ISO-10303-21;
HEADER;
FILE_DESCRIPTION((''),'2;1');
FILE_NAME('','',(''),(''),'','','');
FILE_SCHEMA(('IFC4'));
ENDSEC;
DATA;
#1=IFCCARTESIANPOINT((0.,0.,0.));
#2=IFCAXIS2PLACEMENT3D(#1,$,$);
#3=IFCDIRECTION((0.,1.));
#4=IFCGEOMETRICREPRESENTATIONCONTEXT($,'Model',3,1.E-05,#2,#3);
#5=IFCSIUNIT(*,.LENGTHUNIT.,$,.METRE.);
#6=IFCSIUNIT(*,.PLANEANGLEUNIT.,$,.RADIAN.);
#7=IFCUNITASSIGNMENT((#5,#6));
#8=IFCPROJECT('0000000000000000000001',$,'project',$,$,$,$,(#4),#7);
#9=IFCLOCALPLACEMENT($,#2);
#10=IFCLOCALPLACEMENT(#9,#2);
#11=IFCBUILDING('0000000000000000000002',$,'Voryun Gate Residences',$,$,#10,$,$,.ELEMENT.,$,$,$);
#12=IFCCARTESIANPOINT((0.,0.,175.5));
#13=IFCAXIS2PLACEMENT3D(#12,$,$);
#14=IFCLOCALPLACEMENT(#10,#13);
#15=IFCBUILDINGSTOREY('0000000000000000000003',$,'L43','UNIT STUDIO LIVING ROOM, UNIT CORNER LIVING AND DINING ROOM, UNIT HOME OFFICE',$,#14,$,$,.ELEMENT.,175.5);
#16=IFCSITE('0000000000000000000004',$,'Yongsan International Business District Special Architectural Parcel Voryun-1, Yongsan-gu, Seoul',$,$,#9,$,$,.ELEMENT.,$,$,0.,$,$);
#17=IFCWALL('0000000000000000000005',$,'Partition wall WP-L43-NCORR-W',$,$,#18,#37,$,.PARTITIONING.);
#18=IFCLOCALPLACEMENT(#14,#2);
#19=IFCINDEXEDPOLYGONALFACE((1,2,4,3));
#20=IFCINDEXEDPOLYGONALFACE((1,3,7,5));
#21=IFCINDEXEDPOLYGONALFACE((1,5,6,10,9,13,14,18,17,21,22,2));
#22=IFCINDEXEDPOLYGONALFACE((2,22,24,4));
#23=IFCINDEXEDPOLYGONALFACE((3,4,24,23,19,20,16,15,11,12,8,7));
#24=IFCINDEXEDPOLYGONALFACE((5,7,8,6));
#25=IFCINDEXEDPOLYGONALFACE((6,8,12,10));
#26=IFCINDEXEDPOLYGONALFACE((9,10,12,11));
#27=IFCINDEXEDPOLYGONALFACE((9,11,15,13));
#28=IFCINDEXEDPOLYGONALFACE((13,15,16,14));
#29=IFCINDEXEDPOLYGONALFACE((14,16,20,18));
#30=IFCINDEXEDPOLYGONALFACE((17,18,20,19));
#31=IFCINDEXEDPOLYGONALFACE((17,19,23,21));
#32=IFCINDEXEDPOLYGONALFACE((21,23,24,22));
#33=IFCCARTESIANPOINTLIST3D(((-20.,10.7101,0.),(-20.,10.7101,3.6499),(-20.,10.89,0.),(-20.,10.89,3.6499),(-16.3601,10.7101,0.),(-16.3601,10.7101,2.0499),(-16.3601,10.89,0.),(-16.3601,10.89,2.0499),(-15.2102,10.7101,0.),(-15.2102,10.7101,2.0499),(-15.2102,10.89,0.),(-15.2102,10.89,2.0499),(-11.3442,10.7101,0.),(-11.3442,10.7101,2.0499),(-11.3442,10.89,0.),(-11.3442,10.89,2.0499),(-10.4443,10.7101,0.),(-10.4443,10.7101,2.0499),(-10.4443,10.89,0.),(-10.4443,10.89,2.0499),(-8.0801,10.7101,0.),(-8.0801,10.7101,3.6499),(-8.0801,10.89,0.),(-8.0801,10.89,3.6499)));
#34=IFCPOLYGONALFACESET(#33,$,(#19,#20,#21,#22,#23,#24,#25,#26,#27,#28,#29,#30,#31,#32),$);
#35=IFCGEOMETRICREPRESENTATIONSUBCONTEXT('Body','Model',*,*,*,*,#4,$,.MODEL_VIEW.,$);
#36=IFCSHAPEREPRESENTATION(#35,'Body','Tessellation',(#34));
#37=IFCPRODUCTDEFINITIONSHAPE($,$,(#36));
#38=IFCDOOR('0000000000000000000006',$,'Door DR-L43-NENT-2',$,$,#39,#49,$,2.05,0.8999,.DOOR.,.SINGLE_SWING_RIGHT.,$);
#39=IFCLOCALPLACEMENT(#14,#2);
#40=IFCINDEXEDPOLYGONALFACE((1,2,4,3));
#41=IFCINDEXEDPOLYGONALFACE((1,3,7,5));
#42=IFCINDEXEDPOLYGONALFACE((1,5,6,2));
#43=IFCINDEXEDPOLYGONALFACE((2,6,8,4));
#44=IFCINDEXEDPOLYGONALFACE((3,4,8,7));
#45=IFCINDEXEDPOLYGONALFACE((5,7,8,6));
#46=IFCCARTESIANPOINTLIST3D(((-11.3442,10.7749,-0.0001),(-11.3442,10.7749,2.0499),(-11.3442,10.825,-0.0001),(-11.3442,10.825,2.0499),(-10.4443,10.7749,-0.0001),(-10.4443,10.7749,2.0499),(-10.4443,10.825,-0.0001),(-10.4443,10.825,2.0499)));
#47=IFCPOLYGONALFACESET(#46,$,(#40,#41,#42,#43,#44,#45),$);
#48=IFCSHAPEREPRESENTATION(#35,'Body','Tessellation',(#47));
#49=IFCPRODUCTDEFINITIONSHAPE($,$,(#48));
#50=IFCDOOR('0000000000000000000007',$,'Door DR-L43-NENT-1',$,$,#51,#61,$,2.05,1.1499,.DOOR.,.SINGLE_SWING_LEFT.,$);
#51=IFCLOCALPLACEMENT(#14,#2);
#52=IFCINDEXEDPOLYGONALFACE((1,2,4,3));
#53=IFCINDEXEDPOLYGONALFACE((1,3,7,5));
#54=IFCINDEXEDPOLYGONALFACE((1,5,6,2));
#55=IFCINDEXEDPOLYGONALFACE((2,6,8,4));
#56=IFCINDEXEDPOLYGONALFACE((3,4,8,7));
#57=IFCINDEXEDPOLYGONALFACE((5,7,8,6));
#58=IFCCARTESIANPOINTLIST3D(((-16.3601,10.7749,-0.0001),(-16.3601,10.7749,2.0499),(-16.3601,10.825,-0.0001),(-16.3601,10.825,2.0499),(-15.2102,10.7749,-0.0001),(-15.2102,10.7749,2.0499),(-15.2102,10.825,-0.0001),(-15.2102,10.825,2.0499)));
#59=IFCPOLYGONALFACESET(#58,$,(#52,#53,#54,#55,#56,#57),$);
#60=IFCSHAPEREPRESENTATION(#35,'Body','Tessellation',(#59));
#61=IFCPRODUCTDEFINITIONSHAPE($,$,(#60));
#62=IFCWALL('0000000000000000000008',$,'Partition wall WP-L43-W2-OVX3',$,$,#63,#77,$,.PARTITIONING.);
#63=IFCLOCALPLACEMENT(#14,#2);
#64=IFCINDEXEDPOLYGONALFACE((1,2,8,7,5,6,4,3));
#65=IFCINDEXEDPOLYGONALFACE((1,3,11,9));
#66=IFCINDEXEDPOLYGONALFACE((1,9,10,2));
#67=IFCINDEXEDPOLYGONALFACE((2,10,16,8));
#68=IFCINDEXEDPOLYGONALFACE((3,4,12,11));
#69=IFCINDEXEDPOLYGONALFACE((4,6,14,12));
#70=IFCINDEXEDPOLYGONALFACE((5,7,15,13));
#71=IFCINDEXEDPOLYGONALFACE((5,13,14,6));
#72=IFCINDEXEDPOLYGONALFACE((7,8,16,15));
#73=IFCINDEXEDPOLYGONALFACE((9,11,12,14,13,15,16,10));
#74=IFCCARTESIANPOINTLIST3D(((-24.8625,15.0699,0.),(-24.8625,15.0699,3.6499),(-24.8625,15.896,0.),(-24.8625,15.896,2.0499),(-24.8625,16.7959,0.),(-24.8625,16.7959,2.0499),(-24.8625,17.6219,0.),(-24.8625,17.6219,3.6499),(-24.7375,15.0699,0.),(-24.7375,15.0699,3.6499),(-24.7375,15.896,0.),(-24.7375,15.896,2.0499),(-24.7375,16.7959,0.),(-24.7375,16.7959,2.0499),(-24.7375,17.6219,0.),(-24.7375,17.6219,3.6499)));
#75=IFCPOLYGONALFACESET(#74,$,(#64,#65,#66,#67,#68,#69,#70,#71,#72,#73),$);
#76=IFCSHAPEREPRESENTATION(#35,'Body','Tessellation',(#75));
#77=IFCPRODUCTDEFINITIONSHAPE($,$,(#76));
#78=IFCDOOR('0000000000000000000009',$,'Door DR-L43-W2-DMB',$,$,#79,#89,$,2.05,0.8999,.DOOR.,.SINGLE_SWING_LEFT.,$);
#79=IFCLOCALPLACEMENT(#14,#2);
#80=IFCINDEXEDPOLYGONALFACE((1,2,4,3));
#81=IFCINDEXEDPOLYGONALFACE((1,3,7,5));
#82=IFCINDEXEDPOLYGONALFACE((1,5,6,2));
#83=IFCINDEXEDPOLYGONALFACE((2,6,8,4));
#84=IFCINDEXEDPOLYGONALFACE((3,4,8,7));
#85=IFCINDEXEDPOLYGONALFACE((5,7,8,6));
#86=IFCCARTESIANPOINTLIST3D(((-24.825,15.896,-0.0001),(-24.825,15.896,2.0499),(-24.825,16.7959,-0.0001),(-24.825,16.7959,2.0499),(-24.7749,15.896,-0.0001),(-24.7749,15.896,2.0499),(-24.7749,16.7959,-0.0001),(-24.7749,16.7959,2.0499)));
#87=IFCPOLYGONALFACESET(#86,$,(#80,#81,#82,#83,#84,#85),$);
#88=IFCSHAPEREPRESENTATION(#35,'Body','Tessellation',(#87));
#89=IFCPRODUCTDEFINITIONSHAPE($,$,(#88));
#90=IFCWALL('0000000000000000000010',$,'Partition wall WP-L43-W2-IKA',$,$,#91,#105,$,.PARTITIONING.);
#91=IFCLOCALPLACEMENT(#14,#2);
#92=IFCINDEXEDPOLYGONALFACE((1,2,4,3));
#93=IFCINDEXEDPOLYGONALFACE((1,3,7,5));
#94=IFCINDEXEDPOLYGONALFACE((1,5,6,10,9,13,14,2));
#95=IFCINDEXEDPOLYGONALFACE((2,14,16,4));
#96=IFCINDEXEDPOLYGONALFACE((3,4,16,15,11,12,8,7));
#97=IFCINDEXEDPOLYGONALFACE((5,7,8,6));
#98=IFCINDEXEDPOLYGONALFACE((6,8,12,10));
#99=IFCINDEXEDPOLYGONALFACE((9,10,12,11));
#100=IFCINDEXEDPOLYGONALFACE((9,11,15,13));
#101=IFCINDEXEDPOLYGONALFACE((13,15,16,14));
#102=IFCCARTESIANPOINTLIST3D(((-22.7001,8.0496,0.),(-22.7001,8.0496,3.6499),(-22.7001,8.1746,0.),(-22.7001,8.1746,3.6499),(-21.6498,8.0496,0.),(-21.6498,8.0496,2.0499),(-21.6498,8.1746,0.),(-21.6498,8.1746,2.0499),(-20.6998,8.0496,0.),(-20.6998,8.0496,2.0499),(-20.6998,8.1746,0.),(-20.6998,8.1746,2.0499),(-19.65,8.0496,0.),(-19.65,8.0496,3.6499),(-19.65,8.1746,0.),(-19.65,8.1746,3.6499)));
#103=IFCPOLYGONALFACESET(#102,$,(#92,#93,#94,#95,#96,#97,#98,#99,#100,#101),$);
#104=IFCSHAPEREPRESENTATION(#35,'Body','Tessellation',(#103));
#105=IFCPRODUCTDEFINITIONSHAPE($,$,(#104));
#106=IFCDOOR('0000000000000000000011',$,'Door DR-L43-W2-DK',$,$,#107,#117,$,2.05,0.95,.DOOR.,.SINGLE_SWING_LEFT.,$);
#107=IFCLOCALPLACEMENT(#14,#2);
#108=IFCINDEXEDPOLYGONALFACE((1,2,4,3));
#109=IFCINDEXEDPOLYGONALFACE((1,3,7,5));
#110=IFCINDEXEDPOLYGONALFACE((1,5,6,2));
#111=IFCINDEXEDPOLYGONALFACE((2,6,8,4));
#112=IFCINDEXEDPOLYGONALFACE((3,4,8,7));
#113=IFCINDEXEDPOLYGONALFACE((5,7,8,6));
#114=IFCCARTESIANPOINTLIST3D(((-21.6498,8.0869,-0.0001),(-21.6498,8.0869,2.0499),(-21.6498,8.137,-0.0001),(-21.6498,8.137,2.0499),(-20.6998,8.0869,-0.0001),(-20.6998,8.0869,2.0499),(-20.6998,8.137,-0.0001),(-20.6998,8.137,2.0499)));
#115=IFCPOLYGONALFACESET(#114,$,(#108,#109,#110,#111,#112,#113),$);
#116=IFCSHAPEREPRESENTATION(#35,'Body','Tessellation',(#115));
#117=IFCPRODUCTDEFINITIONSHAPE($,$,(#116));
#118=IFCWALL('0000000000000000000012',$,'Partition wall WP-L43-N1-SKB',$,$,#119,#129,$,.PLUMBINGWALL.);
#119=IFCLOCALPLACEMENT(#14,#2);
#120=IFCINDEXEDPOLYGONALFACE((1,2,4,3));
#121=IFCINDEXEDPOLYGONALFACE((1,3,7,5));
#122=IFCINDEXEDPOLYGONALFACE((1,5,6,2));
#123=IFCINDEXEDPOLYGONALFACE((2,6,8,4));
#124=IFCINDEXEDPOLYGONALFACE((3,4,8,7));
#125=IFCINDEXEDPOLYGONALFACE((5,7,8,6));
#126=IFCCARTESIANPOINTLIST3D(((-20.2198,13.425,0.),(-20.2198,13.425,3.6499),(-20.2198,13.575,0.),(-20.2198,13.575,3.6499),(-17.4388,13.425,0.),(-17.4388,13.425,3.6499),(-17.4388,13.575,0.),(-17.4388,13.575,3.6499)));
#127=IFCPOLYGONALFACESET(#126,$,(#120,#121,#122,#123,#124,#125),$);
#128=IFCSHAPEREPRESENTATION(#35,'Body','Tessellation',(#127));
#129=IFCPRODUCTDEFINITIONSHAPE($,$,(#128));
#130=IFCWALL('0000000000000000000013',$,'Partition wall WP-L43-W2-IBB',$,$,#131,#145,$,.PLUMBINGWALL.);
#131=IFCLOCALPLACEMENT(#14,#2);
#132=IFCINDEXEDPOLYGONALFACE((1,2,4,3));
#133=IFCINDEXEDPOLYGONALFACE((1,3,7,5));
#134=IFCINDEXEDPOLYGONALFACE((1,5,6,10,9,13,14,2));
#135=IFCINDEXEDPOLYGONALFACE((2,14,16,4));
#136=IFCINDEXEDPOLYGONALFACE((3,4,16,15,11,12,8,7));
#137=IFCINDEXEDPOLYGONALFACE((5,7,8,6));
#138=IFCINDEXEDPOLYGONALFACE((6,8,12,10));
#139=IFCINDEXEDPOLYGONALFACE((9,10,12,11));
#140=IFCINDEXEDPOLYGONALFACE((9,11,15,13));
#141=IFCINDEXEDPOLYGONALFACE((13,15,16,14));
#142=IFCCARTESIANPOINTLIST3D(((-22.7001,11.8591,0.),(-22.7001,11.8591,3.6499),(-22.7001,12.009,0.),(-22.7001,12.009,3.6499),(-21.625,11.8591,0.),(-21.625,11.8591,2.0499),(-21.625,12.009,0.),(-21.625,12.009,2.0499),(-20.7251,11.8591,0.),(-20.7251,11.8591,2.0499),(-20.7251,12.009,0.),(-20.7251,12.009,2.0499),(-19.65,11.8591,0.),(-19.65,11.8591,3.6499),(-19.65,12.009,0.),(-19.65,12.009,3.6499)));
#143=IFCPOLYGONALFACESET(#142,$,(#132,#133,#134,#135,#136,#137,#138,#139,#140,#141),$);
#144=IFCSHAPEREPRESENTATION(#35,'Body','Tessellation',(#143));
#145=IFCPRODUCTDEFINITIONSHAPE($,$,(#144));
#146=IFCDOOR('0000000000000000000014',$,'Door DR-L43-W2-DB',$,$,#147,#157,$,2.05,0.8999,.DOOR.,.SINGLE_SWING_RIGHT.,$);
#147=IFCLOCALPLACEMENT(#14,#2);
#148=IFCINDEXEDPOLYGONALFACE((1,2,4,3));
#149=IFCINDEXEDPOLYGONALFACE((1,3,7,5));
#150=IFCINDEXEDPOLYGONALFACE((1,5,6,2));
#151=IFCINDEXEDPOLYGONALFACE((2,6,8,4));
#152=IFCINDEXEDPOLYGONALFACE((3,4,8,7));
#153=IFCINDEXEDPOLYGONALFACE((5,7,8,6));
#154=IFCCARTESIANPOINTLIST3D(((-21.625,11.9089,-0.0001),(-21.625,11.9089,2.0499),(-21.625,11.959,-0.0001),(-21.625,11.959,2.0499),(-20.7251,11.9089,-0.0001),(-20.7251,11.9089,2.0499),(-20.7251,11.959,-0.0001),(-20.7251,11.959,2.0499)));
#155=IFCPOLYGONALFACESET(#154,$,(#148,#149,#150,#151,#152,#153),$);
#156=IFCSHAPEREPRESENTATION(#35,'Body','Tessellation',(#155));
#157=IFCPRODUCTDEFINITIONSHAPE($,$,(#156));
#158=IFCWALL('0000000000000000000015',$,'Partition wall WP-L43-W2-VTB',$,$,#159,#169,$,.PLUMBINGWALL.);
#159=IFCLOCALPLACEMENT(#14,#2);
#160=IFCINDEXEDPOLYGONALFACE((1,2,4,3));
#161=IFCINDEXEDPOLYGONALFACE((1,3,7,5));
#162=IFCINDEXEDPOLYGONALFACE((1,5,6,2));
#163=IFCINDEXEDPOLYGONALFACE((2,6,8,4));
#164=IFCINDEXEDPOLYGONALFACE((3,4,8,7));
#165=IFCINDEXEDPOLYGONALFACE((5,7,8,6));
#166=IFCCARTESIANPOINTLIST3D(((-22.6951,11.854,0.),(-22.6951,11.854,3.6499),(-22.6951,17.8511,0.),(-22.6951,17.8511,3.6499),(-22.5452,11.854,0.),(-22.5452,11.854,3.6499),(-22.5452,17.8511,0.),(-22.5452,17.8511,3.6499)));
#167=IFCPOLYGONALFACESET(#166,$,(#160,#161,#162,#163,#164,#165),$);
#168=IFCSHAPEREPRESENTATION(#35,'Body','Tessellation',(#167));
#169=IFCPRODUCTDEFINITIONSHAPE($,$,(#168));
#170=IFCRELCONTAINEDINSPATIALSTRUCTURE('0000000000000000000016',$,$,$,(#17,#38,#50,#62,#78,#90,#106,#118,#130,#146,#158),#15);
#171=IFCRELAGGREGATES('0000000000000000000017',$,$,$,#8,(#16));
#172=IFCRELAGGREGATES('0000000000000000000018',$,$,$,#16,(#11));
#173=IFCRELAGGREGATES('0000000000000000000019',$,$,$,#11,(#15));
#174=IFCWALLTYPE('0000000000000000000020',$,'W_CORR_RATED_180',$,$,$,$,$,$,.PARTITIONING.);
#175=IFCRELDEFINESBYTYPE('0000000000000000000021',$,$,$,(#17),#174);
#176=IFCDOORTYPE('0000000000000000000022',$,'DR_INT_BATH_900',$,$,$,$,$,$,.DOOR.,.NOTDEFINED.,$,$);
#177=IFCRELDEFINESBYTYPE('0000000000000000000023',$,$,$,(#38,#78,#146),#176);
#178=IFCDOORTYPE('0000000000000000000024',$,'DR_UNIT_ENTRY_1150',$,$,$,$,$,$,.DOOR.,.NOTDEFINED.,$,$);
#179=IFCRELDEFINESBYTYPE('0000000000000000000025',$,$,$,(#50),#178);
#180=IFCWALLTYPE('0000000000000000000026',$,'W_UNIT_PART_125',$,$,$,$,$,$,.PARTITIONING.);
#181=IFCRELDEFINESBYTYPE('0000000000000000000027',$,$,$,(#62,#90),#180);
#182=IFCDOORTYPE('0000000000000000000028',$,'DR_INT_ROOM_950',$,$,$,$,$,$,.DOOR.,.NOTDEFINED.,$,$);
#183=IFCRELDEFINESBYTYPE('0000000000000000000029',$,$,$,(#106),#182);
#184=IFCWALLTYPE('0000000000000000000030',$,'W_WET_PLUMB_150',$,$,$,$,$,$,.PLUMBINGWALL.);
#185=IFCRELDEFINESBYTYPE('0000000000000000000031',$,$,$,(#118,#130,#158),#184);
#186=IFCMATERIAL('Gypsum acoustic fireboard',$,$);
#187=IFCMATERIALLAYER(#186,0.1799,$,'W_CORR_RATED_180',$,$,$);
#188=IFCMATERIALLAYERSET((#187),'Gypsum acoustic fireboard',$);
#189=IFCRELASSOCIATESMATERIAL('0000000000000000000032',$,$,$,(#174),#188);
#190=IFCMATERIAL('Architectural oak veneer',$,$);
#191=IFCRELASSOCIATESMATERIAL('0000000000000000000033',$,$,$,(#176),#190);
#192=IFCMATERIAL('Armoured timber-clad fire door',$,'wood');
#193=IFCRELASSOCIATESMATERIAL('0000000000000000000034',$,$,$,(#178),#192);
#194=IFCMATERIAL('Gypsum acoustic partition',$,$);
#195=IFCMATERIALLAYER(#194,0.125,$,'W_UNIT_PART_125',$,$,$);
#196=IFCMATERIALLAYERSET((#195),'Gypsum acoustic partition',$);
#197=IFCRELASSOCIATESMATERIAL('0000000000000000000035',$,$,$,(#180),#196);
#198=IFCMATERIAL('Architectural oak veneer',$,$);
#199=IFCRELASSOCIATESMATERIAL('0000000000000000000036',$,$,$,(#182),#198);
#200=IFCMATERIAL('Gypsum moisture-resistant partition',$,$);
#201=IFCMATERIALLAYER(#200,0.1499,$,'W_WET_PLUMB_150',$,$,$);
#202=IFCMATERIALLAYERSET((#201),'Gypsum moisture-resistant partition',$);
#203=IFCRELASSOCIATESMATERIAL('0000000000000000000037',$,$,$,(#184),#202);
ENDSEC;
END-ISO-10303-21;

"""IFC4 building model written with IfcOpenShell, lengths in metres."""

from ifc_helpers import new_model, si_unit, direction, frame, frame_2d, origin, place, context, subcontext, project, spatial, rectangle, extrude, material, layer, layer_set, type_object, element, fill, save


model = new_model("IFC4")

# Units and contexts
model_context = context("Model", 3, precision=1e-05, world=origin(), true_north=direction((0.0, 1.0)))
body_context = subcontext(model_context, "Body", "Model", "MODEL_VIEW")
ifc_project = project(units=[si_unit("LENGTHUNIT", "METRE"), si_unit("PLANEANGLEUNIT", "RADIAN")], contexts=[model_context])

# Site, building, storey
site_placement = place(None, origin())
site = spatial("IfcSite", under=ifc_project, at=site_placement, Name="Yongsan International Business District Special Architectural Parcel Voryun-1, Yongsan-gu, Seoul", CompositionType="ELEMENT", RefElevation=0.0)
building_placement = place(site_placement, origin())
building = spatial("IfcBuilding", under=site, at=building_placement, Name="Voryun Gate Residences", CompositionType="ELEMENT")
storey_placement = place(building_placement, frame((0.0, 0.0, 175.5)))
storey = spatial("IfcBuildingStorey", under=building, at=storey_placement, Name="L43", Description="UNIT STUDIO LIVING ROOM, UNIT CORNER LIVING AND DINING ROOM, UNIT HOME OFFICE", CompositionType="ELEMENT", Elevation=175.5)

# Wall, openings, doors
ifc_material_1 = material(Name="Gypsum acoustic fireboard")
ifc_layer_1 = layer(ifc_material_1, 0.1799, Name="W_CORR_RATED_180")
ifc_layer_set_1 = layer_set([ifc_layer_1], Name="Gypsum acoustic fireboard")
wall_type_1 = type_object("IfcWallType", Name="W_CORR_RATED_180", PredefinedType="PARTITIONING", material=ifc_layer_set_1)
wall_1_placement = place(storey_placement, frame((-20.0, 10.8, 0.0), z_axis=(0.0, 0.0, 1.0), x_axis=(1.0, 0.0, 0.0)))
wall_1 = element("IfcWall", 1, at=wall_1_placement, inside=storey, type_object=wall_type_1, Name="Partition wall WP-L43-NCORR-W", PredefinedType="PARTITIONING", context=body_context, shape_type="SweptSolid", body=[
    extrude(rectangle(XDim=11.9199, YDim=0.1799, at=frame_2d((5.96, 0.0))), origin(), (0.0, 0.0, 1.0), 3.6499),
])
opening_1_placement = place(wall_1_placement, frame((3.6399, 0.0, 0.0)))
opening_1 = element("IfcOpeningElement", 2, at=opening_1_placement, cuts=wall_1, PredefinedType="OPENING", context=body_context, shape_type="SweptSolid", body=[
    extrude(rectangle(XDim=1.1499, YDim=2.05, at=frame_2d((0.575, 1.0249))), frame((0.0, 0.0999, 0.0), z_axis=(0.0, -1.0, 0.0), x_axis=(1.0, 0.0, 0.0)), (0.0, 0.0, 1.0), 0.2),
])
opening_2_placement = place(wall_1_placement, frame((8.6558, 0.0, 0.0)))
opening_2 = element("IfcOpeningElement", 3, at=opening_2_placement, cuts=wall_1, PredefinedType="OPENING", context=body_context, shape_type="SweptSolid", body=[
    extrude(rectangle(XDim=0.8999, YDim=2.05, at=frame_2d((0.45, 1.0249))), frame((0.0, 0.0999, 0.0), z_axis=(0.0, -1.0, 0.0), x_axis=(1.0, 0.0, 0.0)), (0.0, 0.0, 1.0), 0.2),
])
ifc_material_2 = material(Name="Architectural oak veneer")
door_type_1 = type_object("IfcDoorType", Name="DR_INT_BATH_900", OperationType="NOTDEFINED", PredefinedType="DOOR", material=ifc_material_2)
door_1_placement = place(opening_2_placement, origin())
door_1 = element("IfcDoor", 4, at=door_1_placement, inside=storey, type_object=door_type_1, Name="Door DR-L43-NENT-2", OperationType="SINGLE_SWING_RIGHT", OverallHeight=2.05, OverallWidth=0.8999, PredefinedType="DOOR", context=body_context, shape_type="SweptSolid", body=[
    extrude(rectangle(XDim=0.8999, YDim=2.05, at=frame_2d((0.45, 1.0249))), frame((0.0, 0.0249, 0.0), z_axis=(0.0, -1.0, 0.0), x_axis=(1.0, 0.0, 0.0)), (0.0, 0.0, 1.0), 0.05),
])
fill(opening_2, door_1)
ifc_material_3 = material(Name="Armoured timber-clad fire door", Category="wood")
door_type_2 = type_object("IfcDoorType", Name="DR_UNIT_ENTRY_1150", OperationType="NOTDEFINED", PredefinedType="DOOR", material=ifc_material_3)
door_2_placement = place(opening_1_placement, origin())
door_2 = element("IfcDoor", 5, at=door_2_placement, inside=storey, type_object=door_type_2, Name="Door DR-L43-NENT-1", OperationType="SINGLE_SWING_LEFT", OverallHeight=2.05, OverallWidth=1.1499, PredefinedType="DOOR", context=body_context, shape_type="SweptSolid", body=[
    extrude(rectangle(XDim=1.1499, YDim=2.05, at=frame_2d((0.575, 1.0249))), frame((0.0, 0.0249, 0.0), z_axis=(0.0, -1.0, 0.0), x_axis=(1.0, 0.0, 0.0)), (0.0, 0.0, 1.0), 0.05),
])
fill(opening_1, door_2)

# Walls, openings, doors
ifc_material_4 = material(Name="Gypsum acoustic partition")
ifc_layer_2 = layer(ifc_material_4, 0.125, Name="W_UNIT_PART_125")
ifc_layer_set_2 = layer_set([ifc_layer_2], Name="Gypsum acoustic partition")
wall_type_2 = type_object("IfcWallType", Name="W_UNIT_PART_125", PredefinedType="PARTITIONING", material=ifc_layer_set_2)
wall_2_placement = place(storey_placement, frame((-24.8, 15.0701, 0.0), z_axis=(0.0, 0.0, 1.0), x_axis=(0.0, 1.0, 0.0)))
wall_2 = element("IfcWall", 6, at=wall_2_placement, inside=storey, type_object=wall_type_2, Name="Partition wall WP-L43-W2-OVX3", PredefinedType="PARTITIONING", context=body_context, shape_type="SweptSolid", body=[
    extrude(rectangle(XDim=2.552, YDim=0.125, at=frame_2d((1.2759, 0.0))), origin(), (0.0, 0.0, 1.0), 3.6499),
])
opening_3_placement = place(wall_2_placement, frame((0.8259, 0.0, 0.0)))
opening_3 = element("IfcOpeningElement", 7, at=opening_3_placement, cuts=wall_2, PredefinedType="OPENING", context=body_context, shape_type="SweptSolid", body=[
    extrude(rectangle(XDim=0.8999, YDim=2.05, at=frame_2d((0.45, 1.0249))), frame((0.0, 0.0725, 0.0), z_axis=(0.0, -1.0, 0.0), x_axis=(1.0, 0.0, 0.0)), (0.0, 0.0, 1.0), 0.145),
])
door_3_placement = place(opening_3_placement, origin())
door_3 = element("IfcDoor", 8, at=door_3_placement, inside=storey, type_object=door_type_1, Name="Door DR-L43-W2-DMB", OperationType="SINGLE_SWING_LEFT", OverallHeight=2.05, OverallWidth=0.8999, PredefinedType="DOOR", context=body_context, shape_type="SweptSolid", body=[
    extrude(rectangle(XDim=0.8999, YDim=2.05, at=frame_2d((0.45, 1.0249))), frame((0.0, 0.0249, 0.0), z_axis=(0.0, -1.0, 0.0), x_axis=(1.0, 0.0, 0.0)), (0.0, 0.0, 1.0), 0.05),
])
fill(opening_3, door_3)
wall_3_placement = place(storey_placement, frame((-22.7, 8.1121, 0.0), z_axis=(0.0, 0.0, 1.0), x_axis=(1.0, 0.0, 0.0)))
wall_3 = element("IfcWall", 9, at=wall_3_placement, inside=storey, type_object=wall_type_2, Name="Partition wall WP-L43-W2-IKA", PredefinedType="PARTITIONING", context=body_context, shape_type="SweptSolid", body=[
    extrude(rectangle(XDim=3.05, YDim=0.125, at=frame_2d((1.5249, 0.0))), origin(), (0.0, 0.0, 1.0), 3.6499),
])
opening_4_placement = place(wall_3_placement, frame((1.05, 0.0, 0.0)))
opening_4 = element("IfcOpeningElement", 10, at=opening_4_placement, cuts=wall_3, PredefinedType="OPENING", context=body_context, shape_type="SweptSolid", body=[
    extrude(rectangle(XDim=0.95, YDim=2.05, at=frame_2d((0.4751, 1.0249))), frame((0.0, 0.0725, 0.0), z_axis=(0.0, -1.0, 0.0), x_axis=(1.0, 0.0, 0.0)), (0.0, 0.0, 1.0), 0.145),
])
ifc_material_5 = material(Name="Architectural oak veneer")
door_type_3 = type_object("IfcDoorType", Name="DR_INT_ROOM_950", OperationType="NOTDEFINED", PredefinedType="DOOR", material=ifc_material_5)
door_4_placement = place(opening_4_placement, origin())
door_4 = element("IfcDoor", 11, at=door_4_placement, inside=storey, type_object=door_type_3, Name="Door DR-L43-W2-DK", OperationType="SINGLE_SWING_LEFT", OverallHeight=2.05, OverallWidth=0.95, PredefinedType="DOOR", context=body_context, shape_type="SweptSolid", body=[
    extrude(rectangle(XDim=0.95, YDim=2.05, at=frame_2d((0.4751, 1.0249))), frame((0.0, 0.0249, 0.0), z_axis=(0.0, -1.0, 0.0), x_axis=(1.0, 0.0, 0.0)), (0.0, 0.0, 1.0), 0.05),
])
fill(opening_4, door_4)

# Wall
ifc_material_6 = material(Name="Gypsum moisture-resistant partition")
ifc_layer_3 = layer(ifc_material_6, 0.1499, Name="W_WET_PLUMB_150")
ifc_layer_set_3 = layer_set([ifc_layer_3], Name="Gypsum moisture-resistant partition")
wall_type_3 = type_object("IfcWallType", Name="W_WET_PLUMB_150", PredefinedType="PLUMBINGWALL", material=ifc_layer_set_3)
wall_4_placement = place(storey_placement, frame((-20.22, 13.5, 0.0), z_axis=(0.0, 0.0, 1.0), x_axis=(1.0, 0.0, 0.0)))
element("IfcWall", 12, at=wall_4_placement, inside=storey, type_object=wall_type_3, Name="Partition wall WP-L43-N1-SKB", PredefinedType="PLUMBINGWALL", context=body_context, shape_type="SweptSolid", body=[
    extrude(rectangle(XDim=2.781, YDim=0.1499, at=frame_2d((1.3906, 0.0))), origin(), (0.0, 0.0, 1.0), 3.6499),
])

# Wall, opening, door
wall_5_placement = place(storey_placement, frame((-22.7, 11.9341, 0.0), z_axis=(0.0, 0.0, 1.0), x_axis=(1.0, 0.0, 0.0)))
wall_5 = element("IfcWall", 13, at=wall_5_placement, inside=storey, type_object=wall_type_3, Name="Partition wall WP-L43-W2-IBB", PredefinedType="PLUMBINGWALL", context=body_context, shape_type="SweptSolid", body=[
    extrude(rectangle(XDim=3.05, YDim=0.1499, at=frame_2d((1.5249, 0.0))), origin(), (0.0, 0.0, 1.0), 3.6499),
])
opening_5_placement = place(wall_5_placement, frame((1.075, 0.0, 0.0)))
opening_5 = element("IfcOpeningElement", 14, at=opening_5_placement, cuts=wall_5, PredefinedType="OPENING", context=body_context, shape_type="SweptSolid", body=[
    extrude(rectangle(XDim=0.8999, YDim=2.05, at=frame_2d((0.45, 1.0249))), frame((0.0, 0.085, 0.0), z_axis=(0.0, -1.0, 0.0), x_axis=(1.0, 0.0, 0.0)), (0.0, 0.0, 1.0), 0.1699),
])
door_5_placement = place(opening_5_placement, origin())
door_5 = element("IfcDoor", 15, at=door_5_placement, inside=storey, type_object=door_type_1, Name="Door DR-L43-W2-DB", OperationType="SINGLE_SWING_RIGHT", OverallHeight=2.05, OverallWidth=0.8999, PredefinedType="DOOR", context=body_context, shape_type="SweptSolid", body=[
    extrude(rectangle(XDim=0.8999, YDim=2.05, at=frame_2d((0.45, 1.0249))), frame((0.0, 0.0249, 0.0), z_axis=(0.0, -1.0, 0.0), x_axis=(1.0, 0.0, 0.0)), (0.0, 0.0, 1.0), 0.05),
])
fill(opening_5, door_5)

# Wall
wall_6_placement = place(storey_placement, frame((-22.6201, 11.854, 0.0), z_axis=(0.0, 0.0, 1.0), x_axis=(0.0, 1.0, 0.0)))
element("IfcWall", 16, at=wall_6_placement, inside=storey, type_object=wall_type_3, Name="Partition wall WP-L43-W2-VTB", PredefinedType="PLUMBINGWALL", context=body_context, shape_type="SweptSolid", body=[
    extrude(rectangle(XDim=5.9971, YDim=0.1499, at=frame_2d((2.9985, 0.0))), origin(), (0.0, 0.0, 1.0), 3.6499),
])

save(model, "model.ifc")
